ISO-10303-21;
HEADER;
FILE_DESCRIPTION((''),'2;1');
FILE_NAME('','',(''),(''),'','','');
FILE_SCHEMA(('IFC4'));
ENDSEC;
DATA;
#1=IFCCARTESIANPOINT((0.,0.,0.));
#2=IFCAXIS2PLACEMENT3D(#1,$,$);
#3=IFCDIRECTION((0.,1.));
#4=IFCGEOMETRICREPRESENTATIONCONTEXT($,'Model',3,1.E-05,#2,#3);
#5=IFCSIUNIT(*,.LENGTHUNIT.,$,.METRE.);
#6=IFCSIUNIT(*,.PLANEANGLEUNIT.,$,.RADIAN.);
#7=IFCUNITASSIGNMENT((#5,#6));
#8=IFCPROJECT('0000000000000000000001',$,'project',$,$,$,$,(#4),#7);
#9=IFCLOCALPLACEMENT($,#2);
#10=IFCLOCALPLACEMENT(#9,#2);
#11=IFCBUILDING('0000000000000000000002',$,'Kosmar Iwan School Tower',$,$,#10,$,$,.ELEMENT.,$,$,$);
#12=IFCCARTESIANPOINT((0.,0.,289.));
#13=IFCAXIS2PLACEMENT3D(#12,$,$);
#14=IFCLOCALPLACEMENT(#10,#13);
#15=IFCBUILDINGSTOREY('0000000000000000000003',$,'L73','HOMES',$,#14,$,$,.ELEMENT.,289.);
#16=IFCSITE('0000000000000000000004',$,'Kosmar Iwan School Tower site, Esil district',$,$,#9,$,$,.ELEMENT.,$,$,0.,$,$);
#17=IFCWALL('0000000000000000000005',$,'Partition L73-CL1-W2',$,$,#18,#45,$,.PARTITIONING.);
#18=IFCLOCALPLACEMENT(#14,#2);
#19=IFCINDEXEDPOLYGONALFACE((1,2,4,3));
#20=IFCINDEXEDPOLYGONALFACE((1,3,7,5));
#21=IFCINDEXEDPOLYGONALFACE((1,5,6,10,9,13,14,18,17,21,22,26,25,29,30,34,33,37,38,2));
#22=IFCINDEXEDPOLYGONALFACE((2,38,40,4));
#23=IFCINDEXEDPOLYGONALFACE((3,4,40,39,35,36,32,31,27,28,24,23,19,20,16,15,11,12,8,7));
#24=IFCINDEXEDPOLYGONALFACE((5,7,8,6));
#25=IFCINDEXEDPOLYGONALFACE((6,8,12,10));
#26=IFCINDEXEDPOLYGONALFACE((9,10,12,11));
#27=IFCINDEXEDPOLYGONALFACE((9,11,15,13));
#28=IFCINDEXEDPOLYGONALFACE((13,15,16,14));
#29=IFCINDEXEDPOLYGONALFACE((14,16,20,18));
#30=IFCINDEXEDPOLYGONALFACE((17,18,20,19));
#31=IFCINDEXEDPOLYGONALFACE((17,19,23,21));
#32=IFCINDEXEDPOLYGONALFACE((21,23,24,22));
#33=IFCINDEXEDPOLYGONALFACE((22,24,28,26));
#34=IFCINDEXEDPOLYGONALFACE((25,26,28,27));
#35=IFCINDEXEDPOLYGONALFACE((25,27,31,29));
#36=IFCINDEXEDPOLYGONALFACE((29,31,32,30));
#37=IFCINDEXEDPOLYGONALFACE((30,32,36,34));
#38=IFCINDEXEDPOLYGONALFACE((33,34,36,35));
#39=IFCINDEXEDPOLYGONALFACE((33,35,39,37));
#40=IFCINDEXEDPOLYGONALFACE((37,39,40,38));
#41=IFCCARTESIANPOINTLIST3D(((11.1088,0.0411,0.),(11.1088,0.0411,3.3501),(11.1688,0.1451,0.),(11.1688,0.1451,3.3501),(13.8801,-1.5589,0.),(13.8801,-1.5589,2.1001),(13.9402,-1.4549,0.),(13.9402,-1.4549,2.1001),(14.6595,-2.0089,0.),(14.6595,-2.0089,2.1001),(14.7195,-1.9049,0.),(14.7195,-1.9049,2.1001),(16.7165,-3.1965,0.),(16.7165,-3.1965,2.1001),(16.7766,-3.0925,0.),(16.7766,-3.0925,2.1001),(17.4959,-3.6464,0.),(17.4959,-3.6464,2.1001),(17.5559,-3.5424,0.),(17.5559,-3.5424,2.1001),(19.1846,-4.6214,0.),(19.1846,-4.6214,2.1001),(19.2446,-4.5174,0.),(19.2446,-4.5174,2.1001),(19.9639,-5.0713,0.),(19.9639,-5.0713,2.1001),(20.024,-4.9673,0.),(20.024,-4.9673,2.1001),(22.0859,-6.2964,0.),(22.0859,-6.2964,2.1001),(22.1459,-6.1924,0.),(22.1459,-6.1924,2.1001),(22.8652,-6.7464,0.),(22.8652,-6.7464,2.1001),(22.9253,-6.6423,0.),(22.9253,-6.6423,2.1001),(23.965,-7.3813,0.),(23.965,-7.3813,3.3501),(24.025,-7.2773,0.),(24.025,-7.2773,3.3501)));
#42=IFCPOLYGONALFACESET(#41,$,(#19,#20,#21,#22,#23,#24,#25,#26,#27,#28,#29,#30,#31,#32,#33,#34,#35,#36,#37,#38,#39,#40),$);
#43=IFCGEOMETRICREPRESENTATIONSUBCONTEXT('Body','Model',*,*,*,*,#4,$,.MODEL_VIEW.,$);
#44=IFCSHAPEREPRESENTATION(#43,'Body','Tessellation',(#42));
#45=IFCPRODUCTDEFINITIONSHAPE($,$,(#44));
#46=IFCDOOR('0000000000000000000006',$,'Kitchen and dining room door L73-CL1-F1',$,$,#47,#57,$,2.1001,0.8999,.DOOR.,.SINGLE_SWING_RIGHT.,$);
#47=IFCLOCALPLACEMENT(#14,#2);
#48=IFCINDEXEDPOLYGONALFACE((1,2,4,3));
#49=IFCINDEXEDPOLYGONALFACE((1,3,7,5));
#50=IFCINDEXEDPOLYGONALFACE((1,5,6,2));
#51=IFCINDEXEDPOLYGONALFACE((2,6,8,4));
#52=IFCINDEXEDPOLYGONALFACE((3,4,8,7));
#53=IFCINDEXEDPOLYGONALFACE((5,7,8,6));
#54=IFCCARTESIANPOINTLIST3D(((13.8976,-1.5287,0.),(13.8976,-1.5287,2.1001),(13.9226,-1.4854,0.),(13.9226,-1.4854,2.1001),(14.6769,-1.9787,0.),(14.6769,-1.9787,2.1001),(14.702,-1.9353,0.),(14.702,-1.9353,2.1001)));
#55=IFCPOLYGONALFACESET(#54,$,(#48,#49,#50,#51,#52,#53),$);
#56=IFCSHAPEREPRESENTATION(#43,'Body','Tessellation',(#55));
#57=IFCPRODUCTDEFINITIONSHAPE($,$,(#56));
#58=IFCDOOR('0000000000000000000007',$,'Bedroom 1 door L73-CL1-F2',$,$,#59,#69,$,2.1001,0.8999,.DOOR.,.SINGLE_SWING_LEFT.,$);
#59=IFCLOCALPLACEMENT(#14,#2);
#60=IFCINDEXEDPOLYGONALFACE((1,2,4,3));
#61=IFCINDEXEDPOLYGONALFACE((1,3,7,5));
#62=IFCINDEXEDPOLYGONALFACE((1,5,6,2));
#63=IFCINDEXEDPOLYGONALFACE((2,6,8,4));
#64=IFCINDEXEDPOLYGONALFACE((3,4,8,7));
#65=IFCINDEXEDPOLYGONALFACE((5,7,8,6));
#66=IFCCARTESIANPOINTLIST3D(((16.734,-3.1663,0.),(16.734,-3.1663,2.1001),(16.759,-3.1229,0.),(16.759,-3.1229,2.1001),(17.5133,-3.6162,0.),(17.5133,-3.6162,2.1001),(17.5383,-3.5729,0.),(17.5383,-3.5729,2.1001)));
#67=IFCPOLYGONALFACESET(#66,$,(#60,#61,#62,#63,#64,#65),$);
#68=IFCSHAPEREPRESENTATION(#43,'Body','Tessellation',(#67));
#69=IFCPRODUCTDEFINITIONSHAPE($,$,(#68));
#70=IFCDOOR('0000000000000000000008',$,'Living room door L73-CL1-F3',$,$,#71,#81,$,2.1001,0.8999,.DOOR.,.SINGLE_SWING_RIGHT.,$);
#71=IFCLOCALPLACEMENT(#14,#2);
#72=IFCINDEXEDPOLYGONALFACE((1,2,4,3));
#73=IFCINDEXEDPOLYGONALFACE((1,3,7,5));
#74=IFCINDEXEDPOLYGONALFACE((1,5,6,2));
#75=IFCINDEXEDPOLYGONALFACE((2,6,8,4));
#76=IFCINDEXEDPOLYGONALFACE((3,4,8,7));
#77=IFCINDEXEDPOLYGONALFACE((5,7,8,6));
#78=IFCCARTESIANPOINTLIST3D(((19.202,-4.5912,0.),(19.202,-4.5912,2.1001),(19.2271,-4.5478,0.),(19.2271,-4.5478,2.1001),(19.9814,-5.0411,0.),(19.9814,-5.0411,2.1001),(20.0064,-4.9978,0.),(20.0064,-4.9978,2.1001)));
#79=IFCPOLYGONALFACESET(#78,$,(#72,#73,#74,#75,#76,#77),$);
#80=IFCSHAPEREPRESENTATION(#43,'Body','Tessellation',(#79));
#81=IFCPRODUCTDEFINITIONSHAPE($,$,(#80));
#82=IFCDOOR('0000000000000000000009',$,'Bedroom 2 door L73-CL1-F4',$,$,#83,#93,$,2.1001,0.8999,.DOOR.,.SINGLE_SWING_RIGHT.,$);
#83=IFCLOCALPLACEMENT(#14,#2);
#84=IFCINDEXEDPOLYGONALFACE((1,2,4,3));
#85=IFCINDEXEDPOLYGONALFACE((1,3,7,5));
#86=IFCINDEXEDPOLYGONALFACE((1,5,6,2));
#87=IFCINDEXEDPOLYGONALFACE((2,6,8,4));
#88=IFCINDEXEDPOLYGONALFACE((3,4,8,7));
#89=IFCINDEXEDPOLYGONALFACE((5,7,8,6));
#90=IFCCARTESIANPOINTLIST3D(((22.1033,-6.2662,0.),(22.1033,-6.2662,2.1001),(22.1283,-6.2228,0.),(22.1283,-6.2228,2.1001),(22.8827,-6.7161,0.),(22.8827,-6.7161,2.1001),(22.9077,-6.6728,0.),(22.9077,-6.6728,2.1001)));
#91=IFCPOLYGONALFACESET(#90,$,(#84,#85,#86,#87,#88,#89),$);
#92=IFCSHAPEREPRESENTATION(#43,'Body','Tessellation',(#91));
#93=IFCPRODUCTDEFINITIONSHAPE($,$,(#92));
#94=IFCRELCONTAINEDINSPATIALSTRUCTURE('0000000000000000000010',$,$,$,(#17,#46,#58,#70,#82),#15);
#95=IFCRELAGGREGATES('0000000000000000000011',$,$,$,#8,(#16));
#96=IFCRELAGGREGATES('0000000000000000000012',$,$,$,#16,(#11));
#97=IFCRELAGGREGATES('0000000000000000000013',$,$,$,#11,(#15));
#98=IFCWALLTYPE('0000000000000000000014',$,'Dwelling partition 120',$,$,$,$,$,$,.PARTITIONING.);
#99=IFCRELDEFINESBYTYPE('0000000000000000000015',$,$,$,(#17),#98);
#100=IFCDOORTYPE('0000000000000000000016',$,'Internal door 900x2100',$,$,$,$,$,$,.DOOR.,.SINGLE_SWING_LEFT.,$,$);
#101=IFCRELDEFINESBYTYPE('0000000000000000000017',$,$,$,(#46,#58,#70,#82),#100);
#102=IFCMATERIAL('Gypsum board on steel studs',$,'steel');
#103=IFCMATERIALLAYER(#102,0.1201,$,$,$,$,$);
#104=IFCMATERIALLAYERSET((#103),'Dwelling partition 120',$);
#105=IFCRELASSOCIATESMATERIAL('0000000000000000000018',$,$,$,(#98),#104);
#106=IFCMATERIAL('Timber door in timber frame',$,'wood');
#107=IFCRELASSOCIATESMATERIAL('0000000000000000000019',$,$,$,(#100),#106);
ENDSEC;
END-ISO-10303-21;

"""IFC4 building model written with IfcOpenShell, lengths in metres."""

from ifc_helpers import new_model, si_unit, direction, frame, frame_2d, origin, place, context, subcontext, project, spatial, rectangle, extrude, material, layer, layer_set, type_object, element, fill, save


model = new_model("IFC4")

# Units and contexts
model_context = context("Model", 3, precision=1e-05, world=origin(), true_north=direction((0.0, 1.0)))
body_context = subcontext(model_context, "Body", "Model", "MODEL_VIEW")
ifc_project = project(units=[si_unit("LENGTHUNIT", "METRE"), si_unit("PLANEANGLEUNIT", "RADIAN")], contexts=[model_context])

# Site, building, storey
site_placement = place(None, origin())
site = spatial("IfcSite", under=ifc_project, at=site_placement, Name="Kosmar Iwan School Tower site, Esil district", CompositionType="ELEMENT", RefElevation=0.0)
building_placement = place(site_placement, origin())
building = spatial("IfcBuilding", under=site, at=building_placement, Name="Kosmar Iwan School Tower", CompositionType="ELEMENT")
storey_placement = place(building_placement, frame((0.0, 0.0, 289.0)))
storey = spatial("IfcBuildingStorey", under=building, at=storey_placement, Name="L73", Description="HOMES", CompositionType="ELEMENT", Elevation=289.0)

# Wall, openings, doors
ifc_material_1 = material(Name="Gypsum board on steel studs", Category="steel")
ifc_layer_1 = layer(ifc_material_1, 0.1201)
ifc_layer_set_1 = layer_set([ifc_layer_1], Name="Dwelling partition 120")
wall_type_1 = type_object("IfcWallType", Name="Dwelling partition 120", PredefinedType="PARTITIONING", material=ifc_layer_set_1)
wall_1_placement = place(storey_placement, frame((11.1389, 0.093, 0.0), z_axis=(0.0, 0.0, 1.0), x_axis=(0.86603, -0.499992, 0.0)))
wall_1 = element("IfcWall", 1, at=wall_1_placement, inside=storey, type_object=wall_type_1, Name="Partition L73-CL1-W2", PredefinedType="PARTITIONING", context=body_context, shape_type="SweptSolid", body=[
    extrude(rectangle(XDim=14.845, YDim=0.1201, at=frame_2d((7.4224, 0.0))), origin(), (0.0, 0.0, 1.0), 3.3501),
])
opening_1_placement = place(wall_1_placement, frame((3.2, 0.0, 0.0)))
opening_1 = element("IfcOpeningElement", 2, at=opening_1_placement, cuts=wall_1, PredefinedType="OPENING", context=body_context, shape_type="SweptSolid", body=[
    extrude(rectangle(XDim=0.8999, YDim=2.1001, at=frame_2d((0.45, 1.05))), frame((0.0, 0.072, 0.0), z_axis=(0.0, -1.0, 0.0), x_axis=(1.0, 0.0, 0.0)), (0.0, 0.0, 1.0), 0.144),
])
opening_2_placement = place(wall_1_placement, frame((6.4751, 0.0, 0.0)))
opening_2 = element("IfcOpeningElement", 3, at=opening_2_placement, cuts=wall_1, PredefinedType="OPENING", context=body_context, shape_type="SweptSolid", body=[
    extrude(rectangle(XDim=0.8999, YDim=2.1001, at=frame_2d((0.45, 1.05))), frame((0.0, 0.072, 0.0), z_axis=(0.0, -1.0, 0.0), x_axis=(1.0, 0.0, 0.0)), (0.0, 0.0, 1.0), 0.144),
])
opening_3_placement = place(wall_1_placement, frame((9.325, 0.0, 0.0)))
opening_3 = element("IfcOpeningElement", 4, at=opening_3_placement, cuts=wall_1, PredefinedType="OPENING", context=body_context, shape_type="SweptSolid", body=[
    extrude(rectangle(XDim=0.8999, YDim=2.1001, at=frame_2d((0.45, 1.05))), frame((0.0, 0.072, 0.0), z_axis=(0.0, -1.0, 0.0), x_axis=(1.0, 0.0, 0.0)), (0.0, 0.0, 1.0), 0.144),
])
opening_4_placement = place(wall_1_placement, frame((12.675, 0.0, 0.0)))
opening_4 = element("IfcOpeningElement", 5, at=opening_4_placement, cuts=wall_1, PredefinedType="OPENING", context=body_context, shape_type="SweptSolid", body=[
    extrude(rectangle(XDim=0.8999, YDim=2.1001, at=frame_2d((0.45, 1.05))), frame((0.0, 0.072, 0.0), z_axis=(0.0, -1.0, 0.0), x_axis=(1.0, 0.0, 0.0)), (0.0, 0.0, 1.0), 0.144),
])
ifc_material_2 = material(Name="Timber door in timber frame", Category="wood")
door_type = type_object("IfcDoorType", Name="Internal door 900x2100", OperationType="SINGLE_SWING_LEFT", PredefinedType="DOOR", material=ifc_material_2)
door_1_placement = place(opening_1_placement, origin())
door_1 = element("IfcDoor", 6, at=door_1_placement, inside=storey, type_object=door_type, Name="Kitchen and dining room door L73-CL1-F1", OperationType="SINGLE_SWING_RIGHT", OverallHeight=2.1001, OverallWidth=0.8999, PredefinedType="DOOR", context=body_context, shape_type="SweptSolid", body=[
    extrude(rectangle(XDim=0.8999, YDim=2.1001, at=frame_2d((0.45, 1.05))), frame((0.0, 0.0249, 0.0), z_axis=(0.0, -1.0, 0.0), x_axis=(1.0, 0.0, 0.0)), (0.0, 0.0, 1.0), 0.05),
])
fill(opening_1, door_1)
door_2_placement = place(opening_2_placement, origin())
door_2 = element("IfcDoor", 7, at=door_2_placement, inside=storey, type_object=door_type, Name="Bedroom 1 door L73-CL1-F2", OperationType="SINGLE_SWING_LEFT", OverallHeight=2.1001, OverallWidth=0.8999, PredefinedType="DOOR", context=body_context, shape_type="SweptSolid", body=[
    extrude(rectangle(XDim=0.8999, YDim=2.1001, at=frame_2d((0.45, 1.05))), frame((0.0, 0.0249, 0.0), z_axis=(0.0, -1.0, 0.0), x_axis=(1.0, 0.0, 0.0)), (0.0, 0.0, 1.0), 0.05),
])
fill(opening_2, door_2)
door_3_placement = place(opening_3_placement, origin())
door_3 = element("IfcDoor", 8, at=door_3_placement, inside=storey, type_object=door_type, Name="Living room door L73-CL1-F3", OperationType="SINGLE_SWING_RIGHT", OverallHeight=2.1001, OverallWidth=0.8999, PredefinedType="DOOR", context=body_context, shape_type="SweptSolid", body=[
    extrude(rectangle(XDim=0.8999, YDim=2.1001, at=frame_2d((0.45, 1.05))), frame((0.0, 0.0249, 0.0), z_axis=(0.0, -1.0, 0.0), x_axis=(1.0, 0.0, 0.0)), (0.0, 0.0, 1.0), 0.05),
])
fill(opening_3, door_3)
door_4_placement = place(opening_4_placement, origin())
door_4 = element("IfcDoor", 9, at=door_4_placement, inside=storey, type_object=door_type, Name="Bedroom 2 door L73-CL1-F4", OperationType="SINGLE_SWING_RIGHT", OverallHeight=2.1001, OverallWidth=0.8999, PredefinedType="DOOR", context=body_context, shape_type="SweptSolid", body=[
    extrude(rectangle(XDim=0.8999, YDim=2.1001, at=frame_2d((0.45, 1.05))), frame((0.0, 0.0249, 0.0), z_axis=(0.0, -1.0, 0.0), x_axis=(1.0, 0.0, 0.0)), (0.0, 0.0, 1.0), 0.05),
])
fill(opening_4, door_4)

save(model, "model.ifc")
